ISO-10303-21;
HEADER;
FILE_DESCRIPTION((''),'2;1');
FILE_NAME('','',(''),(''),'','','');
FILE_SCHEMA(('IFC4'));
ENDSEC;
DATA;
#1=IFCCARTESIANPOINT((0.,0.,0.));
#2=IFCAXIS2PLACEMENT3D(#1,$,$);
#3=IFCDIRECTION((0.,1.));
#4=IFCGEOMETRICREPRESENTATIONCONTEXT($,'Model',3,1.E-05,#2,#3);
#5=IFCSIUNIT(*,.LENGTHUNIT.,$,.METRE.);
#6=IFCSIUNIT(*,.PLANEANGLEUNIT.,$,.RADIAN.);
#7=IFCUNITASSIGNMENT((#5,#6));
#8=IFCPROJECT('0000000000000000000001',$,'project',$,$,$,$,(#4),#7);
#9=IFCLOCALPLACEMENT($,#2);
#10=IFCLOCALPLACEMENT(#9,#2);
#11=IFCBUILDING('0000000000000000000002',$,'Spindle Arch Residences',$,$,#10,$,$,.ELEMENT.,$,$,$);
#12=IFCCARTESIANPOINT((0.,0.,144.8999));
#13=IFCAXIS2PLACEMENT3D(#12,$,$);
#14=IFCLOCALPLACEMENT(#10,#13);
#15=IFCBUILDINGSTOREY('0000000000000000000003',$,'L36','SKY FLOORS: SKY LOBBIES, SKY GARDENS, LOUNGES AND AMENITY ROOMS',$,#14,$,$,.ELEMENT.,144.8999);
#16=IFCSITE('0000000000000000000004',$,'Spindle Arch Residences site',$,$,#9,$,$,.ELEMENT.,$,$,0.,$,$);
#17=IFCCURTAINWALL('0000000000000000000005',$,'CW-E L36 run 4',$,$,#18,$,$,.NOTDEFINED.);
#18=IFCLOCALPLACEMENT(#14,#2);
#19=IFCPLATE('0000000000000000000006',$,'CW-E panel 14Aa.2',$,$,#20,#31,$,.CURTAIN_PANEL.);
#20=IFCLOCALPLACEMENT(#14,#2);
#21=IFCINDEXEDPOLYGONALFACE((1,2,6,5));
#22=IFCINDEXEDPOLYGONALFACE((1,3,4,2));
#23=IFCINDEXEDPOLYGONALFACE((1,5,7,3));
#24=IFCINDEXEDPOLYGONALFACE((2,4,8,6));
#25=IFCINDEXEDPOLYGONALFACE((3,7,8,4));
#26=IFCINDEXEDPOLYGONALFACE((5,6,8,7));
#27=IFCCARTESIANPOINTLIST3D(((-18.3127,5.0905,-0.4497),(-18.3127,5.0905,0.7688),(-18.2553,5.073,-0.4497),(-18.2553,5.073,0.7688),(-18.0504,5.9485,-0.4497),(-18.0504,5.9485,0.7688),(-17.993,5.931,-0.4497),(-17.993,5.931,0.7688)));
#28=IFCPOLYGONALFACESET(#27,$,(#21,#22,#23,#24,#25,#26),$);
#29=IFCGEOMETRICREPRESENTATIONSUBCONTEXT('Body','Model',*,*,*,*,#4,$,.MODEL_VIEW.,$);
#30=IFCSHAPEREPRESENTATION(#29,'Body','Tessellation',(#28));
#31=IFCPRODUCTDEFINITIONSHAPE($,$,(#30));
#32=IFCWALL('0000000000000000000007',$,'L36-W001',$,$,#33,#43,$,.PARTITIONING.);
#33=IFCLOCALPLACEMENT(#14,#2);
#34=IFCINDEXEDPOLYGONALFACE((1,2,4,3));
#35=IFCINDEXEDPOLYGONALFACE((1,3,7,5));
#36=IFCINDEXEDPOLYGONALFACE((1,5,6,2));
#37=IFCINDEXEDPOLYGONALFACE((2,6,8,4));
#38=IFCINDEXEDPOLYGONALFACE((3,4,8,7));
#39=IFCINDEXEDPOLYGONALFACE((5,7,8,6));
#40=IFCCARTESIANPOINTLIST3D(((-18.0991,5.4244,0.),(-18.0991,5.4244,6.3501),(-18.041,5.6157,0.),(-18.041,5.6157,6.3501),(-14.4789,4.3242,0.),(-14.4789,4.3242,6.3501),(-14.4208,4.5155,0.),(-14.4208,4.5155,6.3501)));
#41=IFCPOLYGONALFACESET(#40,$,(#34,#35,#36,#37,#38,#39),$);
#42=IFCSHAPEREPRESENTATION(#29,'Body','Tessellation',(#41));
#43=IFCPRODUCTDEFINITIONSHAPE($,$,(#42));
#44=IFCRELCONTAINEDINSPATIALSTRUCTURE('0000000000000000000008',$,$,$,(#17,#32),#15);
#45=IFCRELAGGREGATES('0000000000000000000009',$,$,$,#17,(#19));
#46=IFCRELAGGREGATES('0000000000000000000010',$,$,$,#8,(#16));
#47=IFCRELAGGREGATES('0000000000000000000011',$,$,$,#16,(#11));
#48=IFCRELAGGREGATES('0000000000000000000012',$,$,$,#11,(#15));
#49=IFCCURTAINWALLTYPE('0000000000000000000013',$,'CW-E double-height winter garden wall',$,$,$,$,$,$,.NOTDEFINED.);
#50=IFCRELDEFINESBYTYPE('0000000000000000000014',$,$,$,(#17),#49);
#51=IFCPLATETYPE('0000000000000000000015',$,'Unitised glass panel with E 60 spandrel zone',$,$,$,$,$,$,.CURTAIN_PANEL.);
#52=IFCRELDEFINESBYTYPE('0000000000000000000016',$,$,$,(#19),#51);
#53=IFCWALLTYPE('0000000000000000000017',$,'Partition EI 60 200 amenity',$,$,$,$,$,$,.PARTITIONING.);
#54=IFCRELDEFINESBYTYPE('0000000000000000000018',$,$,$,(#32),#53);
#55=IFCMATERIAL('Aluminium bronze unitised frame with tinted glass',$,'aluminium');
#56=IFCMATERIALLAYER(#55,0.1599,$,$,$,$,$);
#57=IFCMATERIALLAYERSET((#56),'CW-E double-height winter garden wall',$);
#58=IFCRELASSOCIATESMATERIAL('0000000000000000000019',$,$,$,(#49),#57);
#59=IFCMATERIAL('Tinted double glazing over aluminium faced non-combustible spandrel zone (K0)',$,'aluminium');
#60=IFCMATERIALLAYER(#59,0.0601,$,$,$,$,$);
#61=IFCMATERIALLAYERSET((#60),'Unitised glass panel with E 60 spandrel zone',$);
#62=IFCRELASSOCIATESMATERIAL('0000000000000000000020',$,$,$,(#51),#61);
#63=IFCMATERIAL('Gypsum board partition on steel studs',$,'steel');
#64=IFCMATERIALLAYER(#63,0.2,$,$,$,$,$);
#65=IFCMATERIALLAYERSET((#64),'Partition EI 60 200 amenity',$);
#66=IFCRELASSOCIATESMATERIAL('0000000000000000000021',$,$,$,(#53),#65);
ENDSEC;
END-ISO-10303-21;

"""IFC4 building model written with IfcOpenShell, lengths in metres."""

from ifc_helpers import new_model, si_unit, direction, frame, frame_2d, origin, origin_2d, place, context, subcontext, project, spatial, rectangle, extrude, material, layer, layer_set, type_object, element, aggregate, save


model = new_model("IFC4")

# Units and contexts
model_context = context("Model", 3, precision=1e-05, world=origin(), true_north=direction((0.0, 1.0)))
body_context = subcontext(model_context, "Body", "Model", "MODEL_VIEW")
ifc_project = project(units=[si_unit("LENGTHUNIT", "METRE"), si_unit("PLANEANGLEUNIT", "RADIAN")], contexts=[model_context])

# Site, building, storey
site_placement = place(None, origin())
site = spatial("IfcSite", under=ifc_project, at=site_placement, Name="Spindle Arch Residences site", CompositionType="ELEMENT", RefElevation=0.0)
building_placement = place(site_placement, origin())
building = spatial("IfcBuilding", under=site, at=building_placement, Name="Spindle Arch Residences", CompositionType="ELEMENT")
storey_placement = place(building_placement, frame((0.0, 0.0, 144.8999)))
storey = spatial("IfcBuildingStorey", under=building, at=storey_placement, Name="L36", Description="SKY FLOORS: SKY LOBBIES, SKY GARDENS, LOUNGES AND AMENITY ROOMS", CompositionType="ELEMENT", Elevation=144.8999)

# Curtain wall, plate
ifc_material_1 = material(Name="Aluminium bronze unitised frame with tinted glass", Category="aluminium")
ifc_layer_1 = layer(ifc_material_1, 0.1599)
ifc_layer_set_1 = layer_set([ifc_layer_1], Name="CW-E double-height winter garden wall")
curtain_wall_type = type_object("IfcCurtainWallType", Name="CW-E double-height winter garden wall", PredefinedType="NOTDEFINED", material=ifc_layer_set_1)
curtain_wall_placement = place(storey_placement, origin())
curtain_wall = element("IfcCurtainWall", 1, at=curtain_wall_placement, inside=storey, type_object=curtain_wall_type, Name="CW-E L36 run 4", PredefinedType="NOTDEFINED")
ifc_material_2 = material(Name="Tinted double glazing over aluminium faced non-combustible spandrel zone (K0)", Category="aluminium")
ifc_layer_2 = layer(ifc_material_2, 0.0601)
ifc_layer_set_2 = layer_set([ifc_layer_2], Name="Unitised glass panel with E 60 spandrel zone")
plate_type_1 = type_object("IfcPlateType", Name="Unitised glass panel with E 60 spandrel zone", PredefinedType="CURTAIN_PANEL", material=ifc_layer_set_2)
plate_1_placement = place(storey_placement, frame((-18.1528, 5.5107, -0.4497), z_axis=(0.0, 0.0, 1.0), x_axis=(-0.292372, -0.956305, 0.0)))
plate_1 = element("IfcPlate", 2, at=plate_1_placement, type_object=plate_type_1, Name="CW-E panel 14Aa.2", PredefinedType="CURTAIN_PANEL", context=body_context, shape_type="SweptSolid", body=[
    extrude(rectangle(XDim=0.8972, YDim=0.0601, at=origin_2d()), origin(), (0.0, 0.0, 1.0), 1.2185),
])
aggregate(curtain_wall, [plate_1])

# Wall
ifc_material_3 = material(Name="Gypsum board partition on steel studs", Category="steel")
ifc_layer_3 = layer(ifc_material_3, 0.2)
ifc_layer_set_3 = layer_set([ifc_layer_3], Name="Partition EI 60 200 amenity")
wall_type = type_object("IfcWallType", Name="Partition EI 60 200 amenity", PredefinedType="PARTITIONING", material=ifc_layer_set_3)
wall_placement = place(storey_placement, frame((-18.0701, 5.52, 0.0), z_axis=(0.0, 0.0, 1.0), x_axis=(0.956797, -0.290756, 0.0)))
element("IfcWall", 3, at=wall_placement, inside=storey, type_object=wall_type, Name="L36-W001", PredefinedType="PARTITIONING", context=body_context, shape_type="SweptSolid", body=[
    extrude(rectangle(XDim=3.7837, YDim=0.2, at=frame_2d((1.8918, 0.0))), origin(), (0.0, 0.0, 1.0), 6.3501),
])

save(model, "model.ifc")
